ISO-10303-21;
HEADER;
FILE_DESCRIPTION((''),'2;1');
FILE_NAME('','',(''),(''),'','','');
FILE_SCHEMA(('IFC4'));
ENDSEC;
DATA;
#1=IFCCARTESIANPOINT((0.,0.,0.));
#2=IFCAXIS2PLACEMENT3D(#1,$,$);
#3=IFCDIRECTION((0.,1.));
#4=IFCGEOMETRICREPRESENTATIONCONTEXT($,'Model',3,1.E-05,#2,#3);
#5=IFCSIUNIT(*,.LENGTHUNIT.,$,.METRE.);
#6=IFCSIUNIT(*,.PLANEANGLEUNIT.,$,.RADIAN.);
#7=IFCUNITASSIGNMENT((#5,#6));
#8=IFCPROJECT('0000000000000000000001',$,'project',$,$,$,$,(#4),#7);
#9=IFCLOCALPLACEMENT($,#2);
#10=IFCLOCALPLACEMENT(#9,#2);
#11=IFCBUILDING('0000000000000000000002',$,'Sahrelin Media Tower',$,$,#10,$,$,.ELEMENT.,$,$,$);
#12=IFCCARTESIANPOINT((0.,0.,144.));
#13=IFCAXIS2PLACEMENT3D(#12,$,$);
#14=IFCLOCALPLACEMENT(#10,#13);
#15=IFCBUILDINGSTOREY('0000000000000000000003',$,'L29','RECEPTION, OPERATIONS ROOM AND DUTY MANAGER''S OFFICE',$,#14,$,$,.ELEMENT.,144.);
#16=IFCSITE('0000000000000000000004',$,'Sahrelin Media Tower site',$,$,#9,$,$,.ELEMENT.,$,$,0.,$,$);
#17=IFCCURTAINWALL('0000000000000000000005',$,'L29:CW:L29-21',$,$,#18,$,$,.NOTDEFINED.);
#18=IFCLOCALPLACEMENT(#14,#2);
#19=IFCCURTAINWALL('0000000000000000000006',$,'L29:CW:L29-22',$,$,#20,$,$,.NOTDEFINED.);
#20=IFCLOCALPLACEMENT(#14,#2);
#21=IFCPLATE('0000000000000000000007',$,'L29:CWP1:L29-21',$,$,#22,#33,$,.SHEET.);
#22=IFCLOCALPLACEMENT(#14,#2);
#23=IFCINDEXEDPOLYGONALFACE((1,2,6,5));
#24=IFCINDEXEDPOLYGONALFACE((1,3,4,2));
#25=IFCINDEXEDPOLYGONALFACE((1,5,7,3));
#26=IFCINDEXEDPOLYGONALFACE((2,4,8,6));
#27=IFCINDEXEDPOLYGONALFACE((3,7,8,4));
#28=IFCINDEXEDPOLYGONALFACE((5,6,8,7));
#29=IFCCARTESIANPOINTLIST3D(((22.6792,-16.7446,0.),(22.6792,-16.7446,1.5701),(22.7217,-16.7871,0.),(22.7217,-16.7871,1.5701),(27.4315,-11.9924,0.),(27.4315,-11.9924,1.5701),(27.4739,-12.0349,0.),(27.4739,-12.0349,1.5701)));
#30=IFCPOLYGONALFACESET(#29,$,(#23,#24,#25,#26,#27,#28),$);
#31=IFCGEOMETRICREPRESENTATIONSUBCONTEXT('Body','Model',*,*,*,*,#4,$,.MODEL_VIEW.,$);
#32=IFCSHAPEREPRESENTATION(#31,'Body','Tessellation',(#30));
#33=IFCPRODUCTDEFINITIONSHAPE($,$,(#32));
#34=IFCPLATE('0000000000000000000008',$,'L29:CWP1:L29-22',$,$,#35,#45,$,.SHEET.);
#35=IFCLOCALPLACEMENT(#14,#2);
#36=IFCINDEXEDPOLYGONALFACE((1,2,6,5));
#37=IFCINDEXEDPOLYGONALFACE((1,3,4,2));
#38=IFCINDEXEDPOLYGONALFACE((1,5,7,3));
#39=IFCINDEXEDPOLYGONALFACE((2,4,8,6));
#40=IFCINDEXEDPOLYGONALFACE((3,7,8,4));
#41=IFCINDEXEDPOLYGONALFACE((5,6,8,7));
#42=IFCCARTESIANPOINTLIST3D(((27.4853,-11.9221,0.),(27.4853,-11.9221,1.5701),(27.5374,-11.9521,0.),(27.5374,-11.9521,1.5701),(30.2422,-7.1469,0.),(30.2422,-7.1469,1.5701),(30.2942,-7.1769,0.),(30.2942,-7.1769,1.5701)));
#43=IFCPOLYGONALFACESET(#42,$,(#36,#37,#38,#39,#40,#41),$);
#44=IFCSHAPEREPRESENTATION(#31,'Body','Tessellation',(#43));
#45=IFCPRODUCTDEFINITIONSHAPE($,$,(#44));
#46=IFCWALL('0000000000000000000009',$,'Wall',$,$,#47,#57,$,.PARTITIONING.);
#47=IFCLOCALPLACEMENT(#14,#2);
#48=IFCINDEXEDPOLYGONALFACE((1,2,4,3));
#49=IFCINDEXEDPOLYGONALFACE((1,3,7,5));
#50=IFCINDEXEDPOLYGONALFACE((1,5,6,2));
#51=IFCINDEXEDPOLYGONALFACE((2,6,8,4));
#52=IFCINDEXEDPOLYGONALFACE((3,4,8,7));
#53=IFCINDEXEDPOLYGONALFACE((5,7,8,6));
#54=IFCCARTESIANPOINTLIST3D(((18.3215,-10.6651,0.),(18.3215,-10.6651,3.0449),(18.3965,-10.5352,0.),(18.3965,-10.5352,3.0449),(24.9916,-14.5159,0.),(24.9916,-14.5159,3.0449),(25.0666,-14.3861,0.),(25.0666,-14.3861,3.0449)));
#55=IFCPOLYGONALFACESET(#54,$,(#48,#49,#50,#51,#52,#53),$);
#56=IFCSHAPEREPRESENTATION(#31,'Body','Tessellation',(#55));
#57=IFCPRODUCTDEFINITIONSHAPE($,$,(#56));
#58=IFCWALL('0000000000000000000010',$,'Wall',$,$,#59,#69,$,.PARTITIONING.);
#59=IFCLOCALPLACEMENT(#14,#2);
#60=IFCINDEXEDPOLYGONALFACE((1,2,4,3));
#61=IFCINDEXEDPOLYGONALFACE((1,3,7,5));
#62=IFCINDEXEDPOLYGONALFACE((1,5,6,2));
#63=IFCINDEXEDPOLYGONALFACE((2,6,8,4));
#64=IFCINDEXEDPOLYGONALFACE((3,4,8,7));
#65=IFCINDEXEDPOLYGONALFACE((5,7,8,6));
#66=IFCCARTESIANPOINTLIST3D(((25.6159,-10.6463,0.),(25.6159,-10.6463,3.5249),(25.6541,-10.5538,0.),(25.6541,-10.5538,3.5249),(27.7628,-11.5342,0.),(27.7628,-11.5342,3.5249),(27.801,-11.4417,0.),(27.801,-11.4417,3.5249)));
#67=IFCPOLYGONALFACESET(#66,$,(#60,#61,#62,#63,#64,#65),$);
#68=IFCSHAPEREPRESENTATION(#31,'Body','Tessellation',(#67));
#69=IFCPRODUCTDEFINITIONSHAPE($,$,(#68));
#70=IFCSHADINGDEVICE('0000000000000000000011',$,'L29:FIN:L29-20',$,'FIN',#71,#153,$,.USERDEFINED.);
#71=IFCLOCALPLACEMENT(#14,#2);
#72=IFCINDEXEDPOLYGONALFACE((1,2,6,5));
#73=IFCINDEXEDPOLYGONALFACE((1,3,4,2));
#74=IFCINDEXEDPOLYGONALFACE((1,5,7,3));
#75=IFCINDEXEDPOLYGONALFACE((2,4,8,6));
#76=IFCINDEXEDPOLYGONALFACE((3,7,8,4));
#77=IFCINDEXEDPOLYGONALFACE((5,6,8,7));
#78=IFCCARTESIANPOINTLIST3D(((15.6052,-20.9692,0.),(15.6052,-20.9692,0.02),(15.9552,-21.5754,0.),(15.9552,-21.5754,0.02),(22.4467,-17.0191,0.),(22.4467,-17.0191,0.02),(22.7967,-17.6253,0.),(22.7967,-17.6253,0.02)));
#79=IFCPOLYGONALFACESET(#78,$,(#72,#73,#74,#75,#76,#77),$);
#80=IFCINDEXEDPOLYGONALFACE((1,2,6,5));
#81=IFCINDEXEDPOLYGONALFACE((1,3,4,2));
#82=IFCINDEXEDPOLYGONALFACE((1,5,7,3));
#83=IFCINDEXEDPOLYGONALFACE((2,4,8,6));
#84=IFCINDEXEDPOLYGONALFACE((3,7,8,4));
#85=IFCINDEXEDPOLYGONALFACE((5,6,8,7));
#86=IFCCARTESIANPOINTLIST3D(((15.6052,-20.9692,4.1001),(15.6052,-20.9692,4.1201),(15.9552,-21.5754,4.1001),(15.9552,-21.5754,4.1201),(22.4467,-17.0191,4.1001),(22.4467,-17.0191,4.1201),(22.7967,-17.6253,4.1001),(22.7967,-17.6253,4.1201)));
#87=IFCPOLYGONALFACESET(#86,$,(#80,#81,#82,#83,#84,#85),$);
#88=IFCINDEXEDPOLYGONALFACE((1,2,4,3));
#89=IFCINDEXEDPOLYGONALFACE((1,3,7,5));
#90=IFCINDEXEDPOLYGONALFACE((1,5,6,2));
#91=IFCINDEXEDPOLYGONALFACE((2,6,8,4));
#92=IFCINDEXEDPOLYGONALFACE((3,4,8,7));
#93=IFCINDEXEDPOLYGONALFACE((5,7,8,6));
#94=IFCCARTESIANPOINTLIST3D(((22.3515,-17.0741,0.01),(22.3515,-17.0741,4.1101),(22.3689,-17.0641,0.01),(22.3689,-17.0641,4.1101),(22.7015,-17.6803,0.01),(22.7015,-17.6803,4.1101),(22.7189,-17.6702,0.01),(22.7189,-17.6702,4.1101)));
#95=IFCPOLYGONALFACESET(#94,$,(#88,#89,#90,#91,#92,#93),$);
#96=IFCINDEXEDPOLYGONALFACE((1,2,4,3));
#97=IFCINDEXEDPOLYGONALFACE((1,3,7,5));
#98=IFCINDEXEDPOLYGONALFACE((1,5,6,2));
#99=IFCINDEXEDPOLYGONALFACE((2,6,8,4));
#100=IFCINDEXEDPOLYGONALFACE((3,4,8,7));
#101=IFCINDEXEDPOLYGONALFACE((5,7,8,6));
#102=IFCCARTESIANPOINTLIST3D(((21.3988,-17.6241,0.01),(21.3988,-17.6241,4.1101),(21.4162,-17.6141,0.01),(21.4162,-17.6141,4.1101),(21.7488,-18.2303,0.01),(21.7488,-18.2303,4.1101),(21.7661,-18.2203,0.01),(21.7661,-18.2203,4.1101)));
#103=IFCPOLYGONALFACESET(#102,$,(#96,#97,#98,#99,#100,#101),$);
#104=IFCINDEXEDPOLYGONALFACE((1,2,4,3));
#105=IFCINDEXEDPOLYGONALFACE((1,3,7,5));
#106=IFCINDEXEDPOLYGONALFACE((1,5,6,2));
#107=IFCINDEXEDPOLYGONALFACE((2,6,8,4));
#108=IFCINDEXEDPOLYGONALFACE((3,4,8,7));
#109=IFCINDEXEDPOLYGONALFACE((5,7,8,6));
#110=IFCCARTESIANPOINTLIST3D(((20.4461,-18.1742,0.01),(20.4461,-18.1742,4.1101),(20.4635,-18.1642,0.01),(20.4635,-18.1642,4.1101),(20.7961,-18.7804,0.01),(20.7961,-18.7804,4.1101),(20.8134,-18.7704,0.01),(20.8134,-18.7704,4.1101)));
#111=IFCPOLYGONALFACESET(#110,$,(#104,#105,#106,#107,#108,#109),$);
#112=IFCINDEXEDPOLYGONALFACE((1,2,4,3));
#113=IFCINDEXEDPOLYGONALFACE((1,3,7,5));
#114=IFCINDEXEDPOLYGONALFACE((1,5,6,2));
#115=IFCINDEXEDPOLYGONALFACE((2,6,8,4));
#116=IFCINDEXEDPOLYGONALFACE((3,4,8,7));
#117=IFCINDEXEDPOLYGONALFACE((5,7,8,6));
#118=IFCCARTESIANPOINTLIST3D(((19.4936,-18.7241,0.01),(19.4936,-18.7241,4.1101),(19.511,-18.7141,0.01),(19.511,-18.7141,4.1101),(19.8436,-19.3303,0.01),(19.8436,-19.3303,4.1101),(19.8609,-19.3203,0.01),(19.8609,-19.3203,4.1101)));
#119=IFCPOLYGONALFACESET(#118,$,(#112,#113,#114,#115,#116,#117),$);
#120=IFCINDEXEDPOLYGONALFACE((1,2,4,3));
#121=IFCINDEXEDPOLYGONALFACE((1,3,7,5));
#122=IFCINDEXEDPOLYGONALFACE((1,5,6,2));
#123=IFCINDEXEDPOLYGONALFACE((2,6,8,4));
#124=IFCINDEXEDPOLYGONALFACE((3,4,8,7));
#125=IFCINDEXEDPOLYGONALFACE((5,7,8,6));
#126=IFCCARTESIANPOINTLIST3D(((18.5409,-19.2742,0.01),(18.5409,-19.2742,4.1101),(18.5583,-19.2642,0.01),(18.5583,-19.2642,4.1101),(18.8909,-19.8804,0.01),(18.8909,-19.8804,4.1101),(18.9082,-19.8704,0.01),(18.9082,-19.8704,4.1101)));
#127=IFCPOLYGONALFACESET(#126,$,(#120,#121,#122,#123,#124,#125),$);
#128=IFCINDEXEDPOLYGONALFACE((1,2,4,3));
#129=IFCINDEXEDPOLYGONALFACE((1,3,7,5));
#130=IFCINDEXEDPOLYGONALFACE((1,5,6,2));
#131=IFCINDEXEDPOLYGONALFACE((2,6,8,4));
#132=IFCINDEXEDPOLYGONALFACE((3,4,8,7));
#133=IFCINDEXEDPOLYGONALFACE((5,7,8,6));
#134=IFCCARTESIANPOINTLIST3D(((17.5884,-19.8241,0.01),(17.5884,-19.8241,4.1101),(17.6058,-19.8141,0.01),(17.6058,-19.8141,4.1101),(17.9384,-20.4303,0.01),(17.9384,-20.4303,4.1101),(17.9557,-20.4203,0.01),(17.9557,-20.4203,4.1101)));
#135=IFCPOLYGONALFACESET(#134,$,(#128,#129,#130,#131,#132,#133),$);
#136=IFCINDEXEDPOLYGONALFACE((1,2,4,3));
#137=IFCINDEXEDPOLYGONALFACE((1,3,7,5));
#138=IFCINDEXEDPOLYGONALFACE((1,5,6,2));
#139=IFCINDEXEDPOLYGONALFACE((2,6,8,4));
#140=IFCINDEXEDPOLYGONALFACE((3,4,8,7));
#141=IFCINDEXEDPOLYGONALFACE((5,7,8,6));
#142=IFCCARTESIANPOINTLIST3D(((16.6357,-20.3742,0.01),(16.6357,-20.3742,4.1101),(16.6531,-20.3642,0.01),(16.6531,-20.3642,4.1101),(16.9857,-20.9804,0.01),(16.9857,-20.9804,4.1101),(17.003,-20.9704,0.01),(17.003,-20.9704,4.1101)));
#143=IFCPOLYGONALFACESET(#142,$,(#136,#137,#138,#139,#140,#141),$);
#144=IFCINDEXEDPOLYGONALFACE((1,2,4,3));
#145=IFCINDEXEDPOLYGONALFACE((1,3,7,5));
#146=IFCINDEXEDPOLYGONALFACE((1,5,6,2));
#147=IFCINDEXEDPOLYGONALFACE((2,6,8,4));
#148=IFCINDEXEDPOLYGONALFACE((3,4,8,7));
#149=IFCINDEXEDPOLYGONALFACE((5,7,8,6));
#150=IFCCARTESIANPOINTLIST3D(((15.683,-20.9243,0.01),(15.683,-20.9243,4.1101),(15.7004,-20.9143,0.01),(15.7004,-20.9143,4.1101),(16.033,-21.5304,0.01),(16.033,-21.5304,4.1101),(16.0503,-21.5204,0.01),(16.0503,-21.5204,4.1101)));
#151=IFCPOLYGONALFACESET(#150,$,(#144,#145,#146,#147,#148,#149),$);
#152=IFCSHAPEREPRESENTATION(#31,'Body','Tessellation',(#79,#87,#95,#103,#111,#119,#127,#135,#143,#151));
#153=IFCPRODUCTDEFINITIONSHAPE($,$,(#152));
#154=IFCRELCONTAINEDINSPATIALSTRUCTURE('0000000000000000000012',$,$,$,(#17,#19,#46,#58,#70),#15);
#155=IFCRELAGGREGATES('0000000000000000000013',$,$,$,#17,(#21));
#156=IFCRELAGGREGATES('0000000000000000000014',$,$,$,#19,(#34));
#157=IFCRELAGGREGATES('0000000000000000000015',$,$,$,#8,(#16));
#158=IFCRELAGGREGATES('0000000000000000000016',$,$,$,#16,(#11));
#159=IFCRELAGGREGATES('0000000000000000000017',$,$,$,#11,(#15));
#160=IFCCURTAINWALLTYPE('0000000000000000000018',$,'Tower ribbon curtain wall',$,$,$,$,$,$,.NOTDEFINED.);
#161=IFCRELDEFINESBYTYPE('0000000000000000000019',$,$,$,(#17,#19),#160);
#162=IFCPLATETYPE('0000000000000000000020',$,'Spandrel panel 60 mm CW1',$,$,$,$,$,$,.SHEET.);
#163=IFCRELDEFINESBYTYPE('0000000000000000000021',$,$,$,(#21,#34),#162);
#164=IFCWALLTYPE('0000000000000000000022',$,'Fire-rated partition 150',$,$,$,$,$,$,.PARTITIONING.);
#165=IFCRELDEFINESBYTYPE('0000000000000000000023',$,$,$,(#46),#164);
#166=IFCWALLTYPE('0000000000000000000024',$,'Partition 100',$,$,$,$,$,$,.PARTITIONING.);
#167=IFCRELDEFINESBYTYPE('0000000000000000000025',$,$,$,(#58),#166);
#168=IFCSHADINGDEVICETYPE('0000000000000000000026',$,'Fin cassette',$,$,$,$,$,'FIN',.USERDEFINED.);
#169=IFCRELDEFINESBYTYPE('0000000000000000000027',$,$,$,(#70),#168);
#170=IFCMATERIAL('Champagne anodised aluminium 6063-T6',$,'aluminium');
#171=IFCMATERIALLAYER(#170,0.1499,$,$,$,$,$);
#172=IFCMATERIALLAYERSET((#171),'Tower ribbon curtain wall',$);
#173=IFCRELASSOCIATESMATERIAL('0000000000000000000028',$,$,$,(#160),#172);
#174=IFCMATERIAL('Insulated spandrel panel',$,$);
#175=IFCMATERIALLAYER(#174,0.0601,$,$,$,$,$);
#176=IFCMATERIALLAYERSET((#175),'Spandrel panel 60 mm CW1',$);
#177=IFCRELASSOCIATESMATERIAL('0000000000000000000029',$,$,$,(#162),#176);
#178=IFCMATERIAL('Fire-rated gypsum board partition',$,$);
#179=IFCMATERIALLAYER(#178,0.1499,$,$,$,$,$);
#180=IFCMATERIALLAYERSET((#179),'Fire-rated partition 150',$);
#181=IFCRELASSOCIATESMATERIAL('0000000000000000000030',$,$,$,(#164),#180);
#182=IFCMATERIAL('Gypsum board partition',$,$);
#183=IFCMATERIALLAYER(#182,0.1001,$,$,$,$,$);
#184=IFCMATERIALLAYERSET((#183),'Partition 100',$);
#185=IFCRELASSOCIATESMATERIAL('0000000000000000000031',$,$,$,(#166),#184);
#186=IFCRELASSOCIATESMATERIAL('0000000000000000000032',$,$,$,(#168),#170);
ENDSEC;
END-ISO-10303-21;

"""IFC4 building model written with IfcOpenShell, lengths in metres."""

from ifc_helpers import new_model, si_unit, direction, frame, frame_2d, origin, origin_2d, place, context, subcontext, project, spatial, polyline, rectangle, outline, extrude, material, layer, layer_set, type_object, element, aggregate, save


model = new_model("IFC4")

# Units and contexts
model_context = context("Model", 3, precision=1e-05, world=origin(), true_north=direction((0.0, 1.0)))
body_context = subcontext(model_context, "Body", "Model", "MODEL_VIEW")
ifc_project = project(units=[si_unit("LENGTHUNIT", "METRE"), si_unit("PLANEANGLEUNIT", "RADIAN")], contexts=[model_context])

# Site, building, storey
site_placement = place(None, origin())
site = spatial("IfcSite", under=ifc_project, at=site_placement, Name="Sahrelin Media Tower site", CompositionType="ELEMENT", RefElevation=0.0)
building_placement = place(site_placement, origin())
building = spatial("IfcBuilding", under=site, at=building_placement, Name="Sahrelin Media Tower", CompositionType="ELEMENT")
storey_placement = place(building_placement, frame((0.0, 0.0, 144.0)))
storey = spatial("IfcBuildingStorey", under=building, at=storey_placement, Name="L29", Description="RECEPTION, OPERATIONS ROOM AND DUTY MANAGER'S OFFICE", CompositionType="ELEMENT", Elevation=144.0)

# Curtain wall
ifc_material_1 = material(Name="Champagne anodised aluminium 6063-T6", Category="aluminium")
ifc_layer_1 = layer(ifc_material_1, 0.1499)
ifc_layer_set_1 = layer_set([ifc_layer_1], Name="Tower ribbon curtain wall")
curtain_wall_type = type_object("IfcCurtainWallType", Name="Tower ribbon curtain wall", PredefinedType="NOTDEFINED", material=ifc_layer_set_1)
curtain_wall_1_placement = place(storey_placement, frame((25.0835, -14.3967, 0.0), z_axis=(0.0, 0.0, 1.0), x_axis=(1.0, 0.0, 0.0)))
curtain_wall_1 = element("IfcCurtainWall", 1, at=curtain_wall_1_placement, inside=storey, type_object=curtain_wall_type, Name="L29:CW:L29-21", PredefinedType="NOTDEFINED")

# Curtain wall
curtain_wall_2_placement = place(storey_placement, frame((28.8984, -9.5547, 0.0), z_axis=(0.0, 0.0, 1.0), x_axis=(1.0, 0.0, 0.0)))
curtain_wall_2 = element("IfcCurtainWall", 2, at=curtain_wall_2_placement, inside=storey, type_object=curtain_wall_type, Name="L29:CW:L29-22", PredefinedType="NOTDEFINED")

# Plates
ifc_material_2 = material(Name="Insulated spandrel panel")
ifc_layer_2 = layer(ifc_material_2, 0.0601)
ifc_layer_set_2 = layer_set([ifc_layer_2], Name="Spandrel panel 60 mm CW1")
plate_type_1 = type_object("IfcPlateType", Name="Spandrel panel 60 mm CW1", PredefinedType="SHEET", material=ifc_layer_set_2)
plate_1_placement = place(storey_placement, frame((22.7217, -16.7871, 0.0), z_axis=(0.707107, -0.707107, 0.0), x_axis=(0.707107, 0.707107, 0.0)))
plate_1 = element("IfcPlate", 3, at=plate_1_placement, type_object=plate_type_1, Name="L29:CWP1:L29-21", PredefinedType="SHEET", context=body_context, shape_type="SweptSolid", body=[
    extrude(outline(polyline([(0.0, 0.0), (6.7207, 0.0), (6.7207, 1.5701), (0.0, 1.5701), (0.0, 0.0)])), origin(), (0.0, 0.0, -1.0), 0.0601),
])
aggregate(curtain_wall_1, [plate_1])
plate_2_placement = place(storey_placement, frame((27.5374, -11.9521, 0.0), z_axis=(0.866033, -0.499987, 0.0), x_axis=(0.499987, 0.866033, 0.0)))
plate_2 = element("IfcPlate", 4, at=plate_2_placement, type_object=plate_type_1, Name="L29:CWP1:L29-22", PredefinedType="SHEET", context=body_context, shape_type="SweptSolid", body=[
    extrude(outline(polyline([(0.0, 0.0), (5.5139, 0.0), (5.5139, 1.5701), (0.0, 1.5701), (0.0, 0.0)])), origin(), (0.0, 0.0, -1.0), 0.0601),
])
aggregate(curtain_wall_2, [plate_2])

# Walls
ifc_material_3 = material(Name="Fire-rated gypsum board partition")
ifc_layer_3 = layer(ifc_material_3, 0.1499)
ifc_layer_set_3 = layer_set([ifc_layer_3], Name="Fire-rated partition 150")
wall_type_1 = type_object("IfcWallType", Name="Fire-rated partition 150", PredefinedType="PARTITIONING", material=ifc_layer_set_3)
wall_1_placement = place(storey_placement, frame((18.3589, -10.6001, 0.0), z_axis=(0.0, 0.0, 1.0), x_axis=(0.866036, -0.499981, 0.0)))
element("IfcWall", 5, at=wall_1_placement, inside=storey, type_object=wall_type_1, Name="Wall", PredefinedType="PARTITIONING", context=body_context, shape_type="SweptSolid", body=[
    extrude(rectangle(XDim=7.7019, YDim=0.1499, at=frame_2d((3.8511, 0.0))), origin(), (0.0, 0.0, 1.0), 3.0449),
])
ifc_material_4 = material(Name="Gypsum board partition")
ifc_layer_4 = layer(ifc_material_4, 0.1001)
ifc_layer_set_4 = layer_set([ifc_layer_4], Name="Partition 100")
wall_type_2 = type_object("IfcWallType", Name="Partition 100", PredefinedType="PARTITIONING", material=ifc_layer_set_4)
wall_2_placement = place(storey_placement, frame((25.635, -10.6001, 0.0), z_axis=(0.0, 0.0, 1.0), x_axis=(0.924087, -0.382182, 0.0)))
element("IfcWall", 6, at=wall_2_placement, inside=storey, type_object=wall_type_2, Name="Wall", PredefinedType="PARTITIONING", context=body_context, shape_type="SweptSolid", body=[
    extrude(rectangle(XDim=2.3232, YDim=0.1001, at=frame_2d((1.1616, 0.0))), origin(), (0.0, 0.0, 1.0), 3.5249),
])

# Shading device
shading_device_type_1 = type_object("IfcShadingDeviceType", Name="Fin cassette", ElementType="FIN", PredefinedType="USERDEFINED", material=ifc_material_1)
placement_1 = place(storey_placement, frame((18.991, -18.9336, 0.0), z_axis=(0.0, 0.0, 1.0), x_axis=(-0.866019, -0.500011, 0.0)))
element("IfcShadingDevice", 7, at=placement_1, inside=storey, type_object=shading_device_type_1, Name="L29:FIN:L29-20", ObjectType="FIN", PredefinedType="USERDEFINED", context=body_context, shape_type="SweptSolid", body=[
    extrude(rectangle(XDim=7.8999, YDim=0.7, at=origin_2d()), frame((0.0, 0.4199, 0.0)), (0.0, 0.0, 1.0), 0.02),
    extrude(rectangle(XDim=7.8999, YDim=0.7, at=origin_2d()), frame((0.0, 0.4199, 4.1001)), (0.0, 0.0, 1.0), 0.02),
    extrude(rectangle(XDim=0.02, YDim=0.7, at=origin_2d()), frame((-3.8501, 0.4199, 0.01), z_axis=(0.0, 0.0, 1.0), x_axis=(1.0, 0.0, 0.0)), (0.0, 0.0, 1.0), 4.1001),
    extrude(rectangle(XDim=0.02, YDim=0.7, at=origin_2d()), frame((-2.75, 0.4199, 0.01), z_axis=(0.0, 0.0, 1.0), x_axis=(1.0, 0.0, 0.0)), (0.0, 0.0, 1.0), 4.1001),
    extrude(rectangle(XDim=0.02, YDim=0.7, at=origin_2d()), frame((-1.6499, 0.4199, 0.01), z_axis=(0.0, 0.0, 1.0), x_axis=(1.0, 0.0, 0.0)), (0.0, 0.0, 1.0), 4.1001),
    extrude(rectangle(XDim=0.02, YDim=0.7, at=origin_2d()), frame((-0.55, 0.4199, 0.01), z_axis=(0.0, 0.0, 1.0), x_axis=(1.0, 0.0, 0.0)), (0.0, 0.0, 1.0), 4.1001),
    extrude(rectangle(XDim=0.02, YDim=0.7, at=origin_2d()), frame((0.55, 0.4199, 0.01), z_axis=(0.0, 0.0, 1.0), x_axis=(1.0, 0.0, 0.0)), (0.0, 0.0, 1.0), 4.1001),
    extrude(rectangle(XDim=0.02, YDim=0.7, at=origin_2d()), frame((1.6499, 0.4199, 0.01), z_axis=(0.0, 0.0, 1.0), x_axis=(1.0, 0.0, 0.0)), (0.0, 0.0, 1.0), 4.1001),
    extrude(rectangle(XDim=0.02, YDim=0.7, at=origin_2d()), frame((2.75, 0.4199, 0.01), z_axis=(0.0, 0.0, 1.0), x_axis=(1.0, 0.0, 0.0)), (0.0, 0.0, 1.0), 4.1001),
    extrude(rectangle(XDim=0.02, YDim=0.7, at=origin_2d()), frame((3.8501, 0.4199, 0.01), z_axis=(0.0, 0.0, 1.0), x_axis=(1.0, 0.0, 0.0)), (0.0, 0.0, 1.0), 4.1001),
])

save(model, "model.ifc")
